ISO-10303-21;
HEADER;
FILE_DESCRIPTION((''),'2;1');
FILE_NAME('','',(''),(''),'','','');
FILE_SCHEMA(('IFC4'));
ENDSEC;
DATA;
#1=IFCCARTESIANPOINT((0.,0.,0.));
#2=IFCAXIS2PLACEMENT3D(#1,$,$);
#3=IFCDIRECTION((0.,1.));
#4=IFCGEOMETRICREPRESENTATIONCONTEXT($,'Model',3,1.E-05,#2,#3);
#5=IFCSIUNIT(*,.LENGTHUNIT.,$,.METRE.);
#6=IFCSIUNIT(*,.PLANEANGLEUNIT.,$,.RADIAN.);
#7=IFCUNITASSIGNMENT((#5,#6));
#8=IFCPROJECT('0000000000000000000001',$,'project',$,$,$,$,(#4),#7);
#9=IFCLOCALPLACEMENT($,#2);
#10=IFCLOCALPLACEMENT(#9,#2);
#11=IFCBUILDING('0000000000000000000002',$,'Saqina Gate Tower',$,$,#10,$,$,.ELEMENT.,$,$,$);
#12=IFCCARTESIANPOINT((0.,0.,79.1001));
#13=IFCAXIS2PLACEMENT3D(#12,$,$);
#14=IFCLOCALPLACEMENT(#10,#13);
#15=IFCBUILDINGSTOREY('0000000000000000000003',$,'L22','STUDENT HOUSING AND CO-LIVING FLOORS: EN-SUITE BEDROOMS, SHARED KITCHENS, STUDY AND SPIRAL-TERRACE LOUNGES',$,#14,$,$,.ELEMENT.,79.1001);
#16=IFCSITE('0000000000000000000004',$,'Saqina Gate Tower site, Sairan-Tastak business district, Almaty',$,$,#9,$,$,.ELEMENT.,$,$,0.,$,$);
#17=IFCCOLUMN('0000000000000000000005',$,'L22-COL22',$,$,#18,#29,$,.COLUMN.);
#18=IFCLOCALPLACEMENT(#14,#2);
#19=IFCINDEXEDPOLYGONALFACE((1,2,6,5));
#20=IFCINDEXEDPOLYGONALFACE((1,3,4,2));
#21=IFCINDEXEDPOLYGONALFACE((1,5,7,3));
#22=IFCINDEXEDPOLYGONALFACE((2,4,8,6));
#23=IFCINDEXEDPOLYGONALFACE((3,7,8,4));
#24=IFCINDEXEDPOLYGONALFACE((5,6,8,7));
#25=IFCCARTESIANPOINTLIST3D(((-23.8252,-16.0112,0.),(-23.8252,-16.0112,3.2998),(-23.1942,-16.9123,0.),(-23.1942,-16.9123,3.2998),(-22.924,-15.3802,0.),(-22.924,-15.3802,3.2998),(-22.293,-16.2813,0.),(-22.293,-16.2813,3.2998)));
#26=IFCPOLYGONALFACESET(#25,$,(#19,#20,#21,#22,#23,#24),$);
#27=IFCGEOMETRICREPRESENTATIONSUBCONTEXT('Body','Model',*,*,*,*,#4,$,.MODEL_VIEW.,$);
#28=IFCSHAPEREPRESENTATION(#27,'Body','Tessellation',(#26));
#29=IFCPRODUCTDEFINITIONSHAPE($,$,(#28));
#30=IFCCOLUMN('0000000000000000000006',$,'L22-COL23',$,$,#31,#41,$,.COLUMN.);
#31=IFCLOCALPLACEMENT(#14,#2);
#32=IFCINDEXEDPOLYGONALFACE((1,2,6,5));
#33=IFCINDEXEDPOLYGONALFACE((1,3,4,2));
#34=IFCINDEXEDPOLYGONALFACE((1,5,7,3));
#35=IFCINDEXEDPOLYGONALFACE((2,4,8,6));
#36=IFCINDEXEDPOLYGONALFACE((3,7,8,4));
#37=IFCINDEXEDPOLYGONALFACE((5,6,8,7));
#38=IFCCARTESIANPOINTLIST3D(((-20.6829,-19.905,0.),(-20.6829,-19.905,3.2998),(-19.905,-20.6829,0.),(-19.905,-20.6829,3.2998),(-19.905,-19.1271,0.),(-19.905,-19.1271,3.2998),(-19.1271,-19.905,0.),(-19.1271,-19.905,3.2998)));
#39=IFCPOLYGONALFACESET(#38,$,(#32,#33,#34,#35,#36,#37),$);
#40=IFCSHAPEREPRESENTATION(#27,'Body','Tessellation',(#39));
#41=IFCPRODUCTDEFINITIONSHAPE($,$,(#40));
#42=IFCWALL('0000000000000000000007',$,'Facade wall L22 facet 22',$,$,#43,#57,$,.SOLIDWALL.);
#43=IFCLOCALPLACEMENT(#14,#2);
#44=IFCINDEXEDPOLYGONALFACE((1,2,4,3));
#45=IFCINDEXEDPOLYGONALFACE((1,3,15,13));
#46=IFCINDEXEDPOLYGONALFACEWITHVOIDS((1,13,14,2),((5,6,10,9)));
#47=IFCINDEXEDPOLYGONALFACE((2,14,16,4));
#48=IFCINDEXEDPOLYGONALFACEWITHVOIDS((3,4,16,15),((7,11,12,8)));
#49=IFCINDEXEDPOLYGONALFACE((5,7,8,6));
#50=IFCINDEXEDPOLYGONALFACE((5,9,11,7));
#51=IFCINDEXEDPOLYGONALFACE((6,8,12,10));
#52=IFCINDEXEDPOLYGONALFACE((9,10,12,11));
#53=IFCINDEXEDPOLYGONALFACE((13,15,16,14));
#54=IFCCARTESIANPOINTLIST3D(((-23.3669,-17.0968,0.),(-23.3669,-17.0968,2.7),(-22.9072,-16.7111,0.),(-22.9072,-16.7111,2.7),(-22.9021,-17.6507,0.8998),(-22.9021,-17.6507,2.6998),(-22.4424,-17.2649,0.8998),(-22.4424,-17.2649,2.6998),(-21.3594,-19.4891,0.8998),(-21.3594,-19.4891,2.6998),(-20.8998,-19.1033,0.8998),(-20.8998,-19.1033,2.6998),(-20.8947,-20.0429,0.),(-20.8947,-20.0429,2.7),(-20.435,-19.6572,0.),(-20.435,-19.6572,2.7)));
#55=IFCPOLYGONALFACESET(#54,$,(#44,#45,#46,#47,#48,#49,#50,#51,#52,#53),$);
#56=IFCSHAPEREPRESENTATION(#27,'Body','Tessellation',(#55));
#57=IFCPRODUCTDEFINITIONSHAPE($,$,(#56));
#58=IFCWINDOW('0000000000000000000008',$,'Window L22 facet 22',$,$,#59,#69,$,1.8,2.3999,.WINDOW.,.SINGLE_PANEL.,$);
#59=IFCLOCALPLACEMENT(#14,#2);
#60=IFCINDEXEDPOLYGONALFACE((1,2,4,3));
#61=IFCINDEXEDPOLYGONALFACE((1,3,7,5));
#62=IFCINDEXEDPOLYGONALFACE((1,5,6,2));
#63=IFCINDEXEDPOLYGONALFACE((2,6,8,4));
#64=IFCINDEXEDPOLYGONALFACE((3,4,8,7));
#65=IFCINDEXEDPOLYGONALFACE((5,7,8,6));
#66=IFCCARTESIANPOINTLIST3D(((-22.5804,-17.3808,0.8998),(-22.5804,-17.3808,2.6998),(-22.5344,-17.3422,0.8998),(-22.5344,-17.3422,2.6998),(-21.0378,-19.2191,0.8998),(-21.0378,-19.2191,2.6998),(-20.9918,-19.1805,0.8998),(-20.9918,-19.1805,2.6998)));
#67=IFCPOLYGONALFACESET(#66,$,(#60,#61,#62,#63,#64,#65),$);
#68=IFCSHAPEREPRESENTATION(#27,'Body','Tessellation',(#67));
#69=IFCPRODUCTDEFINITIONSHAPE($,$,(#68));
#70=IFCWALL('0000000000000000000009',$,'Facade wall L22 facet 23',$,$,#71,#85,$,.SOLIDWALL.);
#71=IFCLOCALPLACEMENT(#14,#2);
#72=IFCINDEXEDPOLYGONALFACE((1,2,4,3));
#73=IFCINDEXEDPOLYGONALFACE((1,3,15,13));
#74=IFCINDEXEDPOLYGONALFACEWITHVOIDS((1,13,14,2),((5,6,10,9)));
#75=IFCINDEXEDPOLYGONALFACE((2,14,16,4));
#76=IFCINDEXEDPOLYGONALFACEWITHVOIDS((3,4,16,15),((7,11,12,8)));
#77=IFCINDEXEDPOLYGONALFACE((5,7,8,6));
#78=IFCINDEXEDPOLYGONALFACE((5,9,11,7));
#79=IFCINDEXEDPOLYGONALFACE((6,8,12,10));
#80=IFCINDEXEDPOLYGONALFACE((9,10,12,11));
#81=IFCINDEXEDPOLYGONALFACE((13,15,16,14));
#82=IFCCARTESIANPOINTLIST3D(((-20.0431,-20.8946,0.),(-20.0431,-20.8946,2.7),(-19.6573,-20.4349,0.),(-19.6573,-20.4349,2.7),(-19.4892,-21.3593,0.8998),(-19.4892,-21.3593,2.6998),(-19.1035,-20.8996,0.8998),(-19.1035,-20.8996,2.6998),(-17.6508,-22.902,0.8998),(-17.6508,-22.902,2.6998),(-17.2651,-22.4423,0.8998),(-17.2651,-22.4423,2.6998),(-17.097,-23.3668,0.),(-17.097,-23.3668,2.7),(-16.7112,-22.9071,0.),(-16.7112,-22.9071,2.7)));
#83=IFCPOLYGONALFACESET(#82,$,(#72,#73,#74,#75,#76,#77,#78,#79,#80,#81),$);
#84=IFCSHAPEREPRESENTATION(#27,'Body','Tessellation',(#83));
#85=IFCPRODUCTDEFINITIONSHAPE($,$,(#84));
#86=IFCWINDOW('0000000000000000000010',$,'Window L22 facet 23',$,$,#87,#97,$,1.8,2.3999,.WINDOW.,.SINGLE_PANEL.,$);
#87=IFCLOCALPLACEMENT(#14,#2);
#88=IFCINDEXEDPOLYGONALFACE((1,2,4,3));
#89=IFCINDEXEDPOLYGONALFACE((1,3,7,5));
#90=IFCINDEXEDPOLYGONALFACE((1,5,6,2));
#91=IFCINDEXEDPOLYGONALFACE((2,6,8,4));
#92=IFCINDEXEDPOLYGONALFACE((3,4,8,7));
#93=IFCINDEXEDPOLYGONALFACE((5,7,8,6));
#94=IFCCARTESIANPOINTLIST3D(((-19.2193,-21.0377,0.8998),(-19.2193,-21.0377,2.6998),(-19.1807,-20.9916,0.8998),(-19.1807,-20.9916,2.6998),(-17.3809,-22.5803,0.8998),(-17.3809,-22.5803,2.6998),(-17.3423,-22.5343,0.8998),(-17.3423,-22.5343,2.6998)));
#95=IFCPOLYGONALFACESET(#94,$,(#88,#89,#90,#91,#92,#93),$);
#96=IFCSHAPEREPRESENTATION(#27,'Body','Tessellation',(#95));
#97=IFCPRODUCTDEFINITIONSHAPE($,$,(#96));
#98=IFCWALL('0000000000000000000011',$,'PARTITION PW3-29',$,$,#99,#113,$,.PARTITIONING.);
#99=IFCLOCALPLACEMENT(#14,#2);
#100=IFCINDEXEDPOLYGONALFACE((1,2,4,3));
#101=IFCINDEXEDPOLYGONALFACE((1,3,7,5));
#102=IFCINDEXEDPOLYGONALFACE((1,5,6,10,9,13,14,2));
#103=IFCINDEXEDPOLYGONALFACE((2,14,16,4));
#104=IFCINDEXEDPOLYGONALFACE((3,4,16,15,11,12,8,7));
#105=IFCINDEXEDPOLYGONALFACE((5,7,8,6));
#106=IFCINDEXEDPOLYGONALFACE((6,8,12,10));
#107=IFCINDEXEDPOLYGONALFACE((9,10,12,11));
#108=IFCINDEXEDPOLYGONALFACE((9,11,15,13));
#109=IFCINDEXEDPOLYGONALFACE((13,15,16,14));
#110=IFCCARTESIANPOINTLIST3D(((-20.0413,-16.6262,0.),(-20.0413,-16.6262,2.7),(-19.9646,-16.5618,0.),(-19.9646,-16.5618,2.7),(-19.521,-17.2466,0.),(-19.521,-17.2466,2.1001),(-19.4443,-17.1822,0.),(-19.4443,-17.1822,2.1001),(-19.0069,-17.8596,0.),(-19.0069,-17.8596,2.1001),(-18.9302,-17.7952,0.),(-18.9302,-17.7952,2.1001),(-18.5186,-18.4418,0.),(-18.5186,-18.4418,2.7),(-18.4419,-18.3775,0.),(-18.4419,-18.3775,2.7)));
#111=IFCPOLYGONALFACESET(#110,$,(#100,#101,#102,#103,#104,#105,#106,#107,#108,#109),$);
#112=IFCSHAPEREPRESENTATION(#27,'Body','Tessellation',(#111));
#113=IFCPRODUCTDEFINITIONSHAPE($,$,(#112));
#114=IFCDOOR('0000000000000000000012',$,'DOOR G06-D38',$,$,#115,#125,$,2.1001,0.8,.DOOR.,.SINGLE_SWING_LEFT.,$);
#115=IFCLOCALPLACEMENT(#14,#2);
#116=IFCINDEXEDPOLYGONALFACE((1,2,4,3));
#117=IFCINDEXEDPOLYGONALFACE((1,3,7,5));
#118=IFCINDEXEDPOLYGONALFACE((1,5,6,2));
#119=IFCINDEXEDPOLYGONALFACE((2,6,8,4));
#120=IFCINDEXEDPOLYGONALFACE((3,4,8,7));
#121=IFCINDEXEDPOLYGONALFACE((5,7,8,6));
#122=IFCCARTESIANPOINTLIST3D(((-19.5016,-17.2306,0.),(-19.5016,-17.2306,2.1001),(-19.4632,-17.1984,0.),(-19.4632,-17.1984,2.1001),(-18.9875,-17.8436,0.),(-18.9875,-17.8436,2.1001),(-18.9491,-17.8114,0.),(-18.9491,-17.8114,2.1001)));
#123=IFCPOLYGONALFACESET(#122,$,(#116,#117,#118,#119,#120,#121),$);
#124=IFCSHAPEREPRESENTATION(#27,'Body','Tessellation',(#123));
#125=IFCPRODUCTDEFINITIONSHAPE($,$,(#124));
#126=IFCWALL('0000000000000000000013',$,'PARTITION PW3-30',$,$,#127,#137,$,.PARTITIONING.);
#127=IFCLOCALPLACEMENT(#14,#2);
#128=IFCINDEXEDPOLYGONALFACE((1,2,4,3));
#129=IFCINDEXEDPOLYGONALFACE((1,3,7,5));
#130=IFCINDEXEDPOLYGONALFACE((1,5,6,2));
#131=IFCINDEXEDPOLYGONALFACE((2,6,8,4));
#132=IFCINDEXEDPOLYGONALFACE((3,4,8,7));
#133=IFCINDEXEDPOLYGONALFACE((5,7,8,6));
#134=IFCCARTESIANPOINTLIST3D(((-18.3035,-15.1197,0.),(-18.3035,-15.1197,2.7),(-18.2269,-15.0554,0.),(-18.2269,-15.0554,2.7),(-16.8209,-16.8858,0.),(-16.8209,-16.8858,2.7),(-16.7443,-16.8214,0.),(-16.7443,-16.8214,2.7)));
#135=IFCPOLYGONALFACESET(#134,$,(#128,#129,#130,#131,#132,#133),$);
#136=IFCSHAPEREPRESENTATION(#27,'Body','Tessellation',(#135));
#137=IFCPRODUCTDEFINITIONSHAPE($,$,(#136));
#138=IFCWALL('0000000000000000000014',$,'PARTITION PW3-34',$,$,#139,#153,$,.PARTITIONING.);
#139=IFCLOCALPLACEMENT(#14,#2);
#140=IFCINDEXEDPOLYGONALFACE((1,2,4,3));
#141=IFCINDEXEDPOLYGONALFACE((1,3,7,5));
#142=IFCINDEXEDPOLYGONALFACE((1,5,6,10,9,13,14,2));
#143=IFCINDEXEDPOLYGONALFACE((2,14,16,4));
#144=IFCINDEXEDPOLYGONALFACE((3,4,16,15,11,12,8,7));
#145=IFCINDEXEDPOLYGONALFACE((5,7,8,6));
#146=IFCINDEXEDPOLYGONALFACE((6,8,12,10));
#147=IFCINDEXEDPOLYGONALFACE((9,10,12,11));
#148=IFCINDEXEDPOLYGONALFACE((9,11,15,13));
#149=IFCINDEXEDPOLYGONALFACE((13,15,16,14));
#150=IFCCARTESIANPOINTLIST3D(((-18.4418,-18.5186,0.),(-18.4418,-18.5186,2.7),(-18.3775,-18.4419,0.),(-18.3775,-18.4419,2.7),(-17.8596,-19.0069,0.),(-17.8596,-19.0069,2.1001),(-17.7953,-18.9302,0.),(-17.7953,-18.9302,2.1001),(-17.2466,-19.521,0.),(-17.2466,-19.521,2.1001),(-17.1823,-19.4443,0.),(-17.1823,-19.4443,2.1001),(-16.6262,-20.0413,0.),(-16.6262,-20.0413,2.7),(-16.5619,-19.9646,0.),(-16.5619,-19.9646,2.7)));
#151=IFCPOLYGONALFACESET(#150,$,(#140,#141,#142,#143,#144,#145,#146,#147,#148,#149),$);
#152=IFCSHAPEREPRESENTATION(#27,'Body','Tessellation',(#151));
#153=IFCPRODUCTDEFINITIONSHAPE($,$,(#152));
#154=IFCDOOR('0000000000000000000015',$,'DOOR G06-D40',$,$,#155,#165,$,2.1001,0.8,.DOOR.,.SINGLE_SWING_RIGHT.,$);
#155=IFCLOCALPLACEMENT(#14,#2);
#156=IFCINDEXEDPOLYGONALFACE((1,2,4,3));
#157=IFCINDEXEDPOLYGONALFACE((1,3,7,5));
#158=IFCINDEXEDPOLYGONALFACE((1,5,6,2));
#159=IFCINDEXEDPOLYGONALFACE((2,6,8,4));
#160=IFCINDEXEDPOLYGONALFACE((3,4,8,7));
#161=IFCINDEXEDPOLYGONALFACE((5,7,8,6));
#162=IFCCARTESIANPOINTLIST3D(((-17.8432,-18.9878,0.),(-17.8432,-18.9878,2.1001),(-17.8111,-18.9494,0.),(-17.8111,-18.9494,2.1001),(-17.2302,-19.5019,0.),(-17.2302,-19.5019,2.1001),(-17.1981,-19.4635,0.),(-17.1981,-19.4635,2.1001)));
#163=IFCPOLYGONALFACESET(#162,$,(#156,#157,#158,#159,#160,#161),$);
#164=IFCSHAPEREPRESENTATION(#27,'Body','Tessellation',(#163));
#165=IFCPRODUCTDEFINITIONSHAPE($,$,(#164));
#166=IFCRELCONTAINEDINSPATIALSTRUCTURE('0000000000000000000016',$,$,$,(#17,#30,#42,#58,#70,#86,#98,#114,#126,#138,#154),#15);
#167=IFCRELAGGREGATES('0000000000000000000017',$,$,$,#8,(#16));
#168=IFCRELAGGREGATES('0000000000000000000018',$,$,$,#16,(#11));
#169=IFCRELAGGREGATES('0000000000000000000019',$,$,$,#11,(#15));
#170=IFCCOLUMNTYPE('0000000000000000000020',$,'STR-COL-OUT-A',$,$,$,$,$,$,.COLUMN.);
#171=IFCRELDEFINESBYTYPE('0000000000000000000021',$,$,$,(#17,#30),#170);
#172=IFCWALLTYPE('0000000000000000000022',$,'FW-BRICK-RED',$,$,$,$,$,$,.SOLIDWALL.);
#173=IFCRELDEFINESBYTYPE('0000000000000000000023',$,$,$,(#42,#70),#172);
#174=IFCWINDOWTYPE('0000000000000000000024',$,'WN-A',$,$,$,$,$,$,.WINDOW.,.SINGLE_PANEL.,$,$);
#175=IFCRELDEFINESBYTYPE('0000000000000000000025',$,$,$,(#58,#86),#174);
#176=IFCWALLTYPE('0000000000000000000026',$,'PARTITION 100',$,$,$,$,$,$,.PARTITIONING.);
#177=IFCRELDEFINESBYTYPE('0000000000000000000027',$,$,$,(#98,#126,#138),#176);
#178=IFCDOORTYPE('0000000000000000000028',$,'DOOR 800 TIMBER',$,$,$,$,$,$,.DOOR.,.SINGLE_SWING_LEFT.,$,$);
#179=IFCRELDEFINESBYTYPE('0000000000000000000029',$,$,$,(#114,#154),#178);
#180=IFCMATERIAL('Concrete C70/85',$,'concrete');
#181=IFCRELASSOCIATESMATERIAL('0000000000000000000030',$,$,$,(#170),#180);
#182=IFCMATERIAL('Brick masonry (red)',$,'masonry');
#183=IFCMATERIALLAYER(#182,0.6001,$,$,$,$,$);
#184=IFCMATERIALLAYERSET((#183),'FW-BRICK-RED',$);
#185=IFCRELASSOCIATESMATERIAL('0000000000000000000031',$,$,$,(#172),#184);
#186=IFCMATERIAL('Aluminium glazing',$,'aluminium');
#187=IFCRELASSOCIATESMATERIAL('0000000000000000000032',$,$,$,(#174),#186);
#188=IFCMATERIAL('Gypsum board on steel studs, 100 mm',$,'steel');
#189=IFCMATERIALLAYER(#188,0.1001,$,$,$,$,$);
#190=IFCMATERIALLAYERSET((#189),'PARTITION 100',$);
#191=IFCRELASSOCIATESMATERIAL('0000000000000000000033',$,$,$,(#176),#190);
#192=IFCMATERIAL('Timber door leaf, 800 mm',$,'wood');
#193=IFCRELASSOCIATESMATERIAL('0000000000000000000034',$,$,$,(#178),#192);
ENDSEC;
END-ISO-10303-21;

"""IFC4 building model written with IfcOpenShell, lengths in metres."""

from ifc_helpers import new_model, si_unit, direction, frame, frame_2d, origin, origin_2d, place, context, subcontext, project, spatial, rectangle, extrude, material, layer, layer_set, material_profile, profile_set, type_object, element, fill, save


model = new_model("IFC4")

# Units and contexts
model_context = context("Model", 3, precision=1e-05, world=origin(), true_north=direction((0.0, 1.0)))
body_context = subcontext(model_context, "Body", "Model", "MODEL_VIEW")
ifc_project = project(units=[si_unit("LENGTHUNIT", "METRE"), si_unit("PLANEANGLEUNIT", "RADIAN")], contexts=[model_context])

# Site, building, storey
site_placement = place(None, origin())
site = spatial("IfcSite", under=ifc_project, at=site_placement, Name="Saqina Gate Tower site, Sairan-Tastak business district, Almaty", CompositionType="ELEMENT", RefElevation=0.0)
building_placement = place(site_placement, origin())
building = spatial("IfcBuilding", under=site, at=building_placement, Name="Saqina Gate Tower", CompositionType="ELEMENT")
storey_placement = place(building_placement, frame((0.0, 0.0, 79.1001)))
storey = spatial("IfcBuildingStorey", under=building, at=storey_placement, Name="L22", Description="STUDENT HOUSING AND CO-LIVING FLOORS: EN-SUITE BEDROOMS, SHARED KITCHENS, STUDY AND SPIRAL-TERRACE LOUNGES", CompositionType="ELEMENT", Elevation=79.1001)

# Columns
ifc_material_1 = material(Name="Concrete C70/85", Category="concrete")
ifc_material_profile = material_profile(ifc_material_1, rectangle(XDim=1.1001, YDim=1.1001, at=origin_2d()), Name="RC 1100x1100")
ifc_profile_set = profile_set([ifc_material_profile], Name="Concrete C70/85")
column_type = type_object("IfcColumnType", Name="STR-COL-OUT-A", PredefinedType="COLUMN", material=ifc_profile_set)
for number, where, z_axis, x_axis, name in (
    (1, (-23.0591, -16.1462, 0.0), (0.0, 0.0, 1.0), (-0.819152, -0.573576, 0.0), "L22-COL22"),
    (2, (-19.905, -19.905, 0.0), (0.0, 0.0, 1.0), (-0.707107, -0.707107, 0.0), "L22-COL23"),
):
    element("IfcColumn", number, at=place(storey_placement, frame(where, z_axis=z_axis, x_axis=x_axis)), inside=storey, type_object=column_type, Name=name, PredefinedType="COLUMN", context=body_context, shape_type="SweptSolid", body=[
        extrude(rectangle(XDim=1.1001, YDim=1.1001, at=origin_2d()), origin(), (0.0, 0.0, 1.0), 3.2998),
    ])

# Walls, openings, windows
ifc_material_2 = material(Name="Brick masonry (red)", Category="masonry")
ifc_layer_1 = layer(ifc_material_2, 0.6001)
ifc_layer_set_1 = layer_set([ifc_layer_1], Name="FW-BRICK-RED")
wall_type_1 = type_object("IfcWallType", Name="FW-BRICK-RED", PredefinedType="SOLIDWALL", material=ifc_layer_set_1)
wall_1_placement = place(storey_placement, frame((-23.137, -16.9041, 0.0), z_axis=(0.0, 0.0, 1.0), x_axis=(0.642809, -0.766026, 0.0)))
wall_1 = element("IfcWall", 3, at=wall_1_placement, inside=storey, type_object=wall_type_1, Name="Facade wall L22 facet 22", PredefinedType="SOLIDWALL", context=body_context, shape_type="SweptSolid", body=[
    extrude(rectangle(XDim=3.8459, YDim=0.6001, at=frame_2d((1.9229, 0.0))), origin(), (0.0, 0.0, 1.0), 2.7),
])
opening_1_placement = place(wall_1_placement, frame((0.7229, 0.0, 0.8999)))
opening_1 = element("IfcOpeningElement", 4, at=opening_1_placement, cuts=wall_1, PredefinedType="OPENING", context=body_context, shape_type="SweptSolid", body=[
    extrude(rectangle(XDim=2.3999, YDim=1.8, at=frame_2d((1.2, 0.8999))), frame((0.0, 0.312, 0.0), z_axis=(0.0, -1.0, 0.0), x_axis=(1.0, 0.0, 0.0)), (0.0, 0.0, 1.0), 0.624),
])
ifc_material_3 = material(Name="Aluminium glazing", Category="aluminium")
window_type = type_object("IfcWindowType", Name="WN-A", PartitioningType="SINGLE_PANEL", PredefinedType="WINDOW", material=ifc_material_3)
window_1_placement = place(opening_1_placement, origin())
window_1 = element("IfcWindow", 5, at=window_1_placement, inside=storey, type_object=window_type, Name="Window L22 facet 22", OverallHeight=1.8, OverallWidth=2.3999, PartitioningType="SINGLE_PANEL", PredefinedType="WINDOW", context=body_context, shape_type="SweptSolid", body=[
    extrude(rectangle(XDim=2.3999, YDim=1.8, at=frame_2d((1.2, 0.8999))), frame((0.0, 0.1799, 0.0), z_axis=(0.0, -1.0, 0.0), x_axis=(1.0, 0.0, 0.0)), (0.0, 0.0, 1.0), 0.0601),
])
fill(opening_1, window_1)
wall_2_placement = place(storey_placement, frame((-19.8501, -20.6648, 0.0), z_axis=(0.0, 0.0, 1.0), x_axis=(0.766026, -0.642809, 0.0)))
wall_2 = element("IfcWall", 6, at=wall_2_placement, inside=storey, type_object=wall_type_1, Name="Facade wall L22 facet 23", PredefinedType="SOLIDWALL", context=body_context, shape_type="SweptSolid", body=[
    extrude(rectangle(XDim=3.8459, YDim=0.6001, at=frame_2d((1.9229, 0.0))), origin(), (0.0, 0.0, 1.0), 2.7),
])
opening_2_placement = place(wall_2_placement, frame((0.7229, 0.0, 0.8999)))
opening_2 = element("IfcOpeningElement", 7, at=opening_2_placement, cuts=wall_2, PredefinedType="OPENING", context=body_context, shape_type="SweptSolid", body=[
    extrude(rectangle(XDim=2.3999, YDim=1.8, at=frame_2d((1.2, 0.8999))), frame((0.0, 0.312, 0.0), z_axis=(0.0, -1.0, 0.0), x_axis=(1.0, 0.0, 0.0)), (0.0, 0.0, 1.0), 0.624),
])
window_2_placement = place(opening_2_placement, origin())
window_2 = element("IfcWindow", 8, at=window_2_placement, inside=storey, type_object=window_type, Name="Window L22 facet 23", OverallHeight=1.8, OverallWidth=2.3999, PartitioningType="SINGLE_PANEL", PredefinedType="WINDOW", context=body_context, shape_type="SweptSolid", body=[
    extrude(rectangle(XDim=2.3999, YDim=1.8, at=frame_2d((1.2, 0.8999))), frame((0.0, 0.1799, 0.0), z_axis=(0.0, -1.0, 0.0), x_axis=(1.0, 0.0, 0.0)), (0.0, 0.0, 1.0), 0.0601),
])
fill(opening_2, window_2)

# Wall, opening, door
ifc_material_4 = material(Name="Gypsum board on steel studs, 100 mm", Category="steel")
ifc_layer_2 = layer(ifc_material_4, 0.1001)
ifc_layer_set_2 = layer_set([ifc_layer_2], Name="PARTITION 100")
wall_type_2 = type_object("IfcWallType", Name="PARTITION 100", PredefinedType="PARTITIONING", material=ifc_layer_set_2)
wall_3_placement = place(storey_placement, frame((-20.0029, -16.594, 0.0), z_axis=(0.0, 0.0, 1.0), x_axis=(0.642583, -0.766216, 0.0)))
wall_3 = element("IfcWall", 9, at=wall_3_placement, inside=storey, type_object=wall_type_2, Name="PARTITION PW3-29", PredefinedType="PARTITIONING", context=body_context, shape_type="SweptSolid", body=[
    extrude(rectangle(XDim=2.3696, YDim=0.1001, at=frame_2d((1.1848, 0.0))), origin(), (0.0, 0.0, 1.0), 2.7),
])
opening_3_placement = place(wall_3_placement, frame((0.8098, 0.0, 0.0)))
opening_3 = element("IfcOpeningElement", 10, at=opening_3_placement, cuts=wall_3, PredefinedType="OPENING", context=body_context, shape_type="SweptSolid", body=[
    extrude(rectangle(XDim=0.8, YDim=2.1001, at=frame_2d((0.3999, 1.05))), frame((0.0, 0.062, 0.0), z_axis=(0.0, -1.0, 0.0), x_axis=(1.0, 0.0, 0.0)), (0.0, 0.0, 1.0), 0.124),
])
ifc_material_5 = material(Name="Timber door leaf, 800 mm", Category="wood")
door_type_1 = type_object("IfcDoorType", Name="DOOR 800 TIMBER", OperationType="SINGLE_SWING_LEFT", PredefinedType="DOOR", material=ifc_material_5)
door_1_placement = place(opening_3_placement, frame((0.8, 0.0, 0.0), z_axis=(0.0, 0.0, 1.0), x_axis=(-1.0, 0.0, 0.0)))
door_1 = element("IfcDoor", 11, at=door_1_placement, inside=storey, type_object=door_type_1, Name="DOOR G06-D38", OperationType="SINGLE_SWING_LEFT", OverallHeight=2.1001, OverallWidth=0.8, PredefinedType="DOOR", context=body_context, shape_type="SweptSolid", body=[
    extrude(rectangle(XDim=0.8, YDim=2.1001, at=frame_2d((0.3999, 1.05))), frame((0.0, 0.0249, 0.0), z_axis=(0.0, -1.0, 0.0), x_axis=(1.0, 0.0, 0.0)), (0.0, 0.0, 1.0), 0.05),
])
fill(opening_3, door_1)

# Wall
wall_4_placement = place(storey_placement, frame((-18.2651, -15.0876, 0.0), z_axis=(0.0, 0.0, 1.0), x_axis=(0.642971, -0.76589, 0.0)))
element("IfcWall", 12, at=wall_4_placement, inside=storey, type_object=wall_type_2, Name="PARTITION PW3-30", PredefinedType="PARTITIONING", context=body_context, shape_type="SweptSolid", body=[
    extrude(rectangle(XDim=2.3059, YDim=0.1001, at=frame_2d((1.1528, 0.0))), origin(), (0.0, 0.0, 1.0), 2.7),
])

# Wall, opening, door
wall_5_placement = place(storey_placement, frame((-18.4097, -18.4802, 0.0), z_axis=(0.0, 0.0, 1.0), x_axis=(0.766216, -0.642583, 0.0)))
wall_5 = element("IfcWall", 13, at=wall_5_placement, inside=storey, type_object=wall_type_2, Name="PARTITION PW3-34", PredefinedType="PARTITIONING", context=body_context, shape_type="SweptSolid", body=[
    extrude(rectangle(XDim=2.3696, YDim=0.1001, at=frame_2d((1.1848, 0.0))), origin(), (0.0, 0.0, 1.0), 2.7),
])
opening_4_placement = place(wall_5_placement, frame((0.76, 0.0, 0.0)))
opening_4 = element("IfcOpeningElement", 14, at=opening_4_placement, cuts=wall_5, PredefinedType="OPENING", context=body_context, shape_type="SweptSolid", body=[
    extrude(rectangle(XDim=0.8, YDim=2.1001, at=frame_2d((0.3999, 1.05))), frame((0.0, 0.062, 0.0), z_axis=(0.0, -1.0, 0.0), x_axis=(1.0, 0.0, 0.0)), (0.0, 0.0, 1.0), 0.124),
])
door_2_placement = place(opening_4_placement, frame((0.8, 0.0, 0.0), z_axis=(0.0, 0.0, 1.0), x_axis=(-1.0, 0.0, 0.0)))
door_2 = element("IfcDoor", 15, at=door_2_placement, inside=storey, type_object=door_type_1, Name="DOOR G06-D40", OperationType="SINGLE_SWING_RIGHT", OverallHeight=2.1001, OverallWidth=0.8, PredefinedType="DOOR", context=body_context, shape_type="SweptSolid", body=[
    extrude(rectangle(XDim=0.8, YDim=2.1001, at=frame_2d((0.3999, 1.05))), frame((0.0, 0.0249, 0.0), z_axis=(0.0, -1.0, 0.0), x_axis=(1.0, 0.0, 0.0)), (0.0, 0.0, 1.0), 0.05),
])
fill(opening_4, door_2)

save(model, "model.ifc")
